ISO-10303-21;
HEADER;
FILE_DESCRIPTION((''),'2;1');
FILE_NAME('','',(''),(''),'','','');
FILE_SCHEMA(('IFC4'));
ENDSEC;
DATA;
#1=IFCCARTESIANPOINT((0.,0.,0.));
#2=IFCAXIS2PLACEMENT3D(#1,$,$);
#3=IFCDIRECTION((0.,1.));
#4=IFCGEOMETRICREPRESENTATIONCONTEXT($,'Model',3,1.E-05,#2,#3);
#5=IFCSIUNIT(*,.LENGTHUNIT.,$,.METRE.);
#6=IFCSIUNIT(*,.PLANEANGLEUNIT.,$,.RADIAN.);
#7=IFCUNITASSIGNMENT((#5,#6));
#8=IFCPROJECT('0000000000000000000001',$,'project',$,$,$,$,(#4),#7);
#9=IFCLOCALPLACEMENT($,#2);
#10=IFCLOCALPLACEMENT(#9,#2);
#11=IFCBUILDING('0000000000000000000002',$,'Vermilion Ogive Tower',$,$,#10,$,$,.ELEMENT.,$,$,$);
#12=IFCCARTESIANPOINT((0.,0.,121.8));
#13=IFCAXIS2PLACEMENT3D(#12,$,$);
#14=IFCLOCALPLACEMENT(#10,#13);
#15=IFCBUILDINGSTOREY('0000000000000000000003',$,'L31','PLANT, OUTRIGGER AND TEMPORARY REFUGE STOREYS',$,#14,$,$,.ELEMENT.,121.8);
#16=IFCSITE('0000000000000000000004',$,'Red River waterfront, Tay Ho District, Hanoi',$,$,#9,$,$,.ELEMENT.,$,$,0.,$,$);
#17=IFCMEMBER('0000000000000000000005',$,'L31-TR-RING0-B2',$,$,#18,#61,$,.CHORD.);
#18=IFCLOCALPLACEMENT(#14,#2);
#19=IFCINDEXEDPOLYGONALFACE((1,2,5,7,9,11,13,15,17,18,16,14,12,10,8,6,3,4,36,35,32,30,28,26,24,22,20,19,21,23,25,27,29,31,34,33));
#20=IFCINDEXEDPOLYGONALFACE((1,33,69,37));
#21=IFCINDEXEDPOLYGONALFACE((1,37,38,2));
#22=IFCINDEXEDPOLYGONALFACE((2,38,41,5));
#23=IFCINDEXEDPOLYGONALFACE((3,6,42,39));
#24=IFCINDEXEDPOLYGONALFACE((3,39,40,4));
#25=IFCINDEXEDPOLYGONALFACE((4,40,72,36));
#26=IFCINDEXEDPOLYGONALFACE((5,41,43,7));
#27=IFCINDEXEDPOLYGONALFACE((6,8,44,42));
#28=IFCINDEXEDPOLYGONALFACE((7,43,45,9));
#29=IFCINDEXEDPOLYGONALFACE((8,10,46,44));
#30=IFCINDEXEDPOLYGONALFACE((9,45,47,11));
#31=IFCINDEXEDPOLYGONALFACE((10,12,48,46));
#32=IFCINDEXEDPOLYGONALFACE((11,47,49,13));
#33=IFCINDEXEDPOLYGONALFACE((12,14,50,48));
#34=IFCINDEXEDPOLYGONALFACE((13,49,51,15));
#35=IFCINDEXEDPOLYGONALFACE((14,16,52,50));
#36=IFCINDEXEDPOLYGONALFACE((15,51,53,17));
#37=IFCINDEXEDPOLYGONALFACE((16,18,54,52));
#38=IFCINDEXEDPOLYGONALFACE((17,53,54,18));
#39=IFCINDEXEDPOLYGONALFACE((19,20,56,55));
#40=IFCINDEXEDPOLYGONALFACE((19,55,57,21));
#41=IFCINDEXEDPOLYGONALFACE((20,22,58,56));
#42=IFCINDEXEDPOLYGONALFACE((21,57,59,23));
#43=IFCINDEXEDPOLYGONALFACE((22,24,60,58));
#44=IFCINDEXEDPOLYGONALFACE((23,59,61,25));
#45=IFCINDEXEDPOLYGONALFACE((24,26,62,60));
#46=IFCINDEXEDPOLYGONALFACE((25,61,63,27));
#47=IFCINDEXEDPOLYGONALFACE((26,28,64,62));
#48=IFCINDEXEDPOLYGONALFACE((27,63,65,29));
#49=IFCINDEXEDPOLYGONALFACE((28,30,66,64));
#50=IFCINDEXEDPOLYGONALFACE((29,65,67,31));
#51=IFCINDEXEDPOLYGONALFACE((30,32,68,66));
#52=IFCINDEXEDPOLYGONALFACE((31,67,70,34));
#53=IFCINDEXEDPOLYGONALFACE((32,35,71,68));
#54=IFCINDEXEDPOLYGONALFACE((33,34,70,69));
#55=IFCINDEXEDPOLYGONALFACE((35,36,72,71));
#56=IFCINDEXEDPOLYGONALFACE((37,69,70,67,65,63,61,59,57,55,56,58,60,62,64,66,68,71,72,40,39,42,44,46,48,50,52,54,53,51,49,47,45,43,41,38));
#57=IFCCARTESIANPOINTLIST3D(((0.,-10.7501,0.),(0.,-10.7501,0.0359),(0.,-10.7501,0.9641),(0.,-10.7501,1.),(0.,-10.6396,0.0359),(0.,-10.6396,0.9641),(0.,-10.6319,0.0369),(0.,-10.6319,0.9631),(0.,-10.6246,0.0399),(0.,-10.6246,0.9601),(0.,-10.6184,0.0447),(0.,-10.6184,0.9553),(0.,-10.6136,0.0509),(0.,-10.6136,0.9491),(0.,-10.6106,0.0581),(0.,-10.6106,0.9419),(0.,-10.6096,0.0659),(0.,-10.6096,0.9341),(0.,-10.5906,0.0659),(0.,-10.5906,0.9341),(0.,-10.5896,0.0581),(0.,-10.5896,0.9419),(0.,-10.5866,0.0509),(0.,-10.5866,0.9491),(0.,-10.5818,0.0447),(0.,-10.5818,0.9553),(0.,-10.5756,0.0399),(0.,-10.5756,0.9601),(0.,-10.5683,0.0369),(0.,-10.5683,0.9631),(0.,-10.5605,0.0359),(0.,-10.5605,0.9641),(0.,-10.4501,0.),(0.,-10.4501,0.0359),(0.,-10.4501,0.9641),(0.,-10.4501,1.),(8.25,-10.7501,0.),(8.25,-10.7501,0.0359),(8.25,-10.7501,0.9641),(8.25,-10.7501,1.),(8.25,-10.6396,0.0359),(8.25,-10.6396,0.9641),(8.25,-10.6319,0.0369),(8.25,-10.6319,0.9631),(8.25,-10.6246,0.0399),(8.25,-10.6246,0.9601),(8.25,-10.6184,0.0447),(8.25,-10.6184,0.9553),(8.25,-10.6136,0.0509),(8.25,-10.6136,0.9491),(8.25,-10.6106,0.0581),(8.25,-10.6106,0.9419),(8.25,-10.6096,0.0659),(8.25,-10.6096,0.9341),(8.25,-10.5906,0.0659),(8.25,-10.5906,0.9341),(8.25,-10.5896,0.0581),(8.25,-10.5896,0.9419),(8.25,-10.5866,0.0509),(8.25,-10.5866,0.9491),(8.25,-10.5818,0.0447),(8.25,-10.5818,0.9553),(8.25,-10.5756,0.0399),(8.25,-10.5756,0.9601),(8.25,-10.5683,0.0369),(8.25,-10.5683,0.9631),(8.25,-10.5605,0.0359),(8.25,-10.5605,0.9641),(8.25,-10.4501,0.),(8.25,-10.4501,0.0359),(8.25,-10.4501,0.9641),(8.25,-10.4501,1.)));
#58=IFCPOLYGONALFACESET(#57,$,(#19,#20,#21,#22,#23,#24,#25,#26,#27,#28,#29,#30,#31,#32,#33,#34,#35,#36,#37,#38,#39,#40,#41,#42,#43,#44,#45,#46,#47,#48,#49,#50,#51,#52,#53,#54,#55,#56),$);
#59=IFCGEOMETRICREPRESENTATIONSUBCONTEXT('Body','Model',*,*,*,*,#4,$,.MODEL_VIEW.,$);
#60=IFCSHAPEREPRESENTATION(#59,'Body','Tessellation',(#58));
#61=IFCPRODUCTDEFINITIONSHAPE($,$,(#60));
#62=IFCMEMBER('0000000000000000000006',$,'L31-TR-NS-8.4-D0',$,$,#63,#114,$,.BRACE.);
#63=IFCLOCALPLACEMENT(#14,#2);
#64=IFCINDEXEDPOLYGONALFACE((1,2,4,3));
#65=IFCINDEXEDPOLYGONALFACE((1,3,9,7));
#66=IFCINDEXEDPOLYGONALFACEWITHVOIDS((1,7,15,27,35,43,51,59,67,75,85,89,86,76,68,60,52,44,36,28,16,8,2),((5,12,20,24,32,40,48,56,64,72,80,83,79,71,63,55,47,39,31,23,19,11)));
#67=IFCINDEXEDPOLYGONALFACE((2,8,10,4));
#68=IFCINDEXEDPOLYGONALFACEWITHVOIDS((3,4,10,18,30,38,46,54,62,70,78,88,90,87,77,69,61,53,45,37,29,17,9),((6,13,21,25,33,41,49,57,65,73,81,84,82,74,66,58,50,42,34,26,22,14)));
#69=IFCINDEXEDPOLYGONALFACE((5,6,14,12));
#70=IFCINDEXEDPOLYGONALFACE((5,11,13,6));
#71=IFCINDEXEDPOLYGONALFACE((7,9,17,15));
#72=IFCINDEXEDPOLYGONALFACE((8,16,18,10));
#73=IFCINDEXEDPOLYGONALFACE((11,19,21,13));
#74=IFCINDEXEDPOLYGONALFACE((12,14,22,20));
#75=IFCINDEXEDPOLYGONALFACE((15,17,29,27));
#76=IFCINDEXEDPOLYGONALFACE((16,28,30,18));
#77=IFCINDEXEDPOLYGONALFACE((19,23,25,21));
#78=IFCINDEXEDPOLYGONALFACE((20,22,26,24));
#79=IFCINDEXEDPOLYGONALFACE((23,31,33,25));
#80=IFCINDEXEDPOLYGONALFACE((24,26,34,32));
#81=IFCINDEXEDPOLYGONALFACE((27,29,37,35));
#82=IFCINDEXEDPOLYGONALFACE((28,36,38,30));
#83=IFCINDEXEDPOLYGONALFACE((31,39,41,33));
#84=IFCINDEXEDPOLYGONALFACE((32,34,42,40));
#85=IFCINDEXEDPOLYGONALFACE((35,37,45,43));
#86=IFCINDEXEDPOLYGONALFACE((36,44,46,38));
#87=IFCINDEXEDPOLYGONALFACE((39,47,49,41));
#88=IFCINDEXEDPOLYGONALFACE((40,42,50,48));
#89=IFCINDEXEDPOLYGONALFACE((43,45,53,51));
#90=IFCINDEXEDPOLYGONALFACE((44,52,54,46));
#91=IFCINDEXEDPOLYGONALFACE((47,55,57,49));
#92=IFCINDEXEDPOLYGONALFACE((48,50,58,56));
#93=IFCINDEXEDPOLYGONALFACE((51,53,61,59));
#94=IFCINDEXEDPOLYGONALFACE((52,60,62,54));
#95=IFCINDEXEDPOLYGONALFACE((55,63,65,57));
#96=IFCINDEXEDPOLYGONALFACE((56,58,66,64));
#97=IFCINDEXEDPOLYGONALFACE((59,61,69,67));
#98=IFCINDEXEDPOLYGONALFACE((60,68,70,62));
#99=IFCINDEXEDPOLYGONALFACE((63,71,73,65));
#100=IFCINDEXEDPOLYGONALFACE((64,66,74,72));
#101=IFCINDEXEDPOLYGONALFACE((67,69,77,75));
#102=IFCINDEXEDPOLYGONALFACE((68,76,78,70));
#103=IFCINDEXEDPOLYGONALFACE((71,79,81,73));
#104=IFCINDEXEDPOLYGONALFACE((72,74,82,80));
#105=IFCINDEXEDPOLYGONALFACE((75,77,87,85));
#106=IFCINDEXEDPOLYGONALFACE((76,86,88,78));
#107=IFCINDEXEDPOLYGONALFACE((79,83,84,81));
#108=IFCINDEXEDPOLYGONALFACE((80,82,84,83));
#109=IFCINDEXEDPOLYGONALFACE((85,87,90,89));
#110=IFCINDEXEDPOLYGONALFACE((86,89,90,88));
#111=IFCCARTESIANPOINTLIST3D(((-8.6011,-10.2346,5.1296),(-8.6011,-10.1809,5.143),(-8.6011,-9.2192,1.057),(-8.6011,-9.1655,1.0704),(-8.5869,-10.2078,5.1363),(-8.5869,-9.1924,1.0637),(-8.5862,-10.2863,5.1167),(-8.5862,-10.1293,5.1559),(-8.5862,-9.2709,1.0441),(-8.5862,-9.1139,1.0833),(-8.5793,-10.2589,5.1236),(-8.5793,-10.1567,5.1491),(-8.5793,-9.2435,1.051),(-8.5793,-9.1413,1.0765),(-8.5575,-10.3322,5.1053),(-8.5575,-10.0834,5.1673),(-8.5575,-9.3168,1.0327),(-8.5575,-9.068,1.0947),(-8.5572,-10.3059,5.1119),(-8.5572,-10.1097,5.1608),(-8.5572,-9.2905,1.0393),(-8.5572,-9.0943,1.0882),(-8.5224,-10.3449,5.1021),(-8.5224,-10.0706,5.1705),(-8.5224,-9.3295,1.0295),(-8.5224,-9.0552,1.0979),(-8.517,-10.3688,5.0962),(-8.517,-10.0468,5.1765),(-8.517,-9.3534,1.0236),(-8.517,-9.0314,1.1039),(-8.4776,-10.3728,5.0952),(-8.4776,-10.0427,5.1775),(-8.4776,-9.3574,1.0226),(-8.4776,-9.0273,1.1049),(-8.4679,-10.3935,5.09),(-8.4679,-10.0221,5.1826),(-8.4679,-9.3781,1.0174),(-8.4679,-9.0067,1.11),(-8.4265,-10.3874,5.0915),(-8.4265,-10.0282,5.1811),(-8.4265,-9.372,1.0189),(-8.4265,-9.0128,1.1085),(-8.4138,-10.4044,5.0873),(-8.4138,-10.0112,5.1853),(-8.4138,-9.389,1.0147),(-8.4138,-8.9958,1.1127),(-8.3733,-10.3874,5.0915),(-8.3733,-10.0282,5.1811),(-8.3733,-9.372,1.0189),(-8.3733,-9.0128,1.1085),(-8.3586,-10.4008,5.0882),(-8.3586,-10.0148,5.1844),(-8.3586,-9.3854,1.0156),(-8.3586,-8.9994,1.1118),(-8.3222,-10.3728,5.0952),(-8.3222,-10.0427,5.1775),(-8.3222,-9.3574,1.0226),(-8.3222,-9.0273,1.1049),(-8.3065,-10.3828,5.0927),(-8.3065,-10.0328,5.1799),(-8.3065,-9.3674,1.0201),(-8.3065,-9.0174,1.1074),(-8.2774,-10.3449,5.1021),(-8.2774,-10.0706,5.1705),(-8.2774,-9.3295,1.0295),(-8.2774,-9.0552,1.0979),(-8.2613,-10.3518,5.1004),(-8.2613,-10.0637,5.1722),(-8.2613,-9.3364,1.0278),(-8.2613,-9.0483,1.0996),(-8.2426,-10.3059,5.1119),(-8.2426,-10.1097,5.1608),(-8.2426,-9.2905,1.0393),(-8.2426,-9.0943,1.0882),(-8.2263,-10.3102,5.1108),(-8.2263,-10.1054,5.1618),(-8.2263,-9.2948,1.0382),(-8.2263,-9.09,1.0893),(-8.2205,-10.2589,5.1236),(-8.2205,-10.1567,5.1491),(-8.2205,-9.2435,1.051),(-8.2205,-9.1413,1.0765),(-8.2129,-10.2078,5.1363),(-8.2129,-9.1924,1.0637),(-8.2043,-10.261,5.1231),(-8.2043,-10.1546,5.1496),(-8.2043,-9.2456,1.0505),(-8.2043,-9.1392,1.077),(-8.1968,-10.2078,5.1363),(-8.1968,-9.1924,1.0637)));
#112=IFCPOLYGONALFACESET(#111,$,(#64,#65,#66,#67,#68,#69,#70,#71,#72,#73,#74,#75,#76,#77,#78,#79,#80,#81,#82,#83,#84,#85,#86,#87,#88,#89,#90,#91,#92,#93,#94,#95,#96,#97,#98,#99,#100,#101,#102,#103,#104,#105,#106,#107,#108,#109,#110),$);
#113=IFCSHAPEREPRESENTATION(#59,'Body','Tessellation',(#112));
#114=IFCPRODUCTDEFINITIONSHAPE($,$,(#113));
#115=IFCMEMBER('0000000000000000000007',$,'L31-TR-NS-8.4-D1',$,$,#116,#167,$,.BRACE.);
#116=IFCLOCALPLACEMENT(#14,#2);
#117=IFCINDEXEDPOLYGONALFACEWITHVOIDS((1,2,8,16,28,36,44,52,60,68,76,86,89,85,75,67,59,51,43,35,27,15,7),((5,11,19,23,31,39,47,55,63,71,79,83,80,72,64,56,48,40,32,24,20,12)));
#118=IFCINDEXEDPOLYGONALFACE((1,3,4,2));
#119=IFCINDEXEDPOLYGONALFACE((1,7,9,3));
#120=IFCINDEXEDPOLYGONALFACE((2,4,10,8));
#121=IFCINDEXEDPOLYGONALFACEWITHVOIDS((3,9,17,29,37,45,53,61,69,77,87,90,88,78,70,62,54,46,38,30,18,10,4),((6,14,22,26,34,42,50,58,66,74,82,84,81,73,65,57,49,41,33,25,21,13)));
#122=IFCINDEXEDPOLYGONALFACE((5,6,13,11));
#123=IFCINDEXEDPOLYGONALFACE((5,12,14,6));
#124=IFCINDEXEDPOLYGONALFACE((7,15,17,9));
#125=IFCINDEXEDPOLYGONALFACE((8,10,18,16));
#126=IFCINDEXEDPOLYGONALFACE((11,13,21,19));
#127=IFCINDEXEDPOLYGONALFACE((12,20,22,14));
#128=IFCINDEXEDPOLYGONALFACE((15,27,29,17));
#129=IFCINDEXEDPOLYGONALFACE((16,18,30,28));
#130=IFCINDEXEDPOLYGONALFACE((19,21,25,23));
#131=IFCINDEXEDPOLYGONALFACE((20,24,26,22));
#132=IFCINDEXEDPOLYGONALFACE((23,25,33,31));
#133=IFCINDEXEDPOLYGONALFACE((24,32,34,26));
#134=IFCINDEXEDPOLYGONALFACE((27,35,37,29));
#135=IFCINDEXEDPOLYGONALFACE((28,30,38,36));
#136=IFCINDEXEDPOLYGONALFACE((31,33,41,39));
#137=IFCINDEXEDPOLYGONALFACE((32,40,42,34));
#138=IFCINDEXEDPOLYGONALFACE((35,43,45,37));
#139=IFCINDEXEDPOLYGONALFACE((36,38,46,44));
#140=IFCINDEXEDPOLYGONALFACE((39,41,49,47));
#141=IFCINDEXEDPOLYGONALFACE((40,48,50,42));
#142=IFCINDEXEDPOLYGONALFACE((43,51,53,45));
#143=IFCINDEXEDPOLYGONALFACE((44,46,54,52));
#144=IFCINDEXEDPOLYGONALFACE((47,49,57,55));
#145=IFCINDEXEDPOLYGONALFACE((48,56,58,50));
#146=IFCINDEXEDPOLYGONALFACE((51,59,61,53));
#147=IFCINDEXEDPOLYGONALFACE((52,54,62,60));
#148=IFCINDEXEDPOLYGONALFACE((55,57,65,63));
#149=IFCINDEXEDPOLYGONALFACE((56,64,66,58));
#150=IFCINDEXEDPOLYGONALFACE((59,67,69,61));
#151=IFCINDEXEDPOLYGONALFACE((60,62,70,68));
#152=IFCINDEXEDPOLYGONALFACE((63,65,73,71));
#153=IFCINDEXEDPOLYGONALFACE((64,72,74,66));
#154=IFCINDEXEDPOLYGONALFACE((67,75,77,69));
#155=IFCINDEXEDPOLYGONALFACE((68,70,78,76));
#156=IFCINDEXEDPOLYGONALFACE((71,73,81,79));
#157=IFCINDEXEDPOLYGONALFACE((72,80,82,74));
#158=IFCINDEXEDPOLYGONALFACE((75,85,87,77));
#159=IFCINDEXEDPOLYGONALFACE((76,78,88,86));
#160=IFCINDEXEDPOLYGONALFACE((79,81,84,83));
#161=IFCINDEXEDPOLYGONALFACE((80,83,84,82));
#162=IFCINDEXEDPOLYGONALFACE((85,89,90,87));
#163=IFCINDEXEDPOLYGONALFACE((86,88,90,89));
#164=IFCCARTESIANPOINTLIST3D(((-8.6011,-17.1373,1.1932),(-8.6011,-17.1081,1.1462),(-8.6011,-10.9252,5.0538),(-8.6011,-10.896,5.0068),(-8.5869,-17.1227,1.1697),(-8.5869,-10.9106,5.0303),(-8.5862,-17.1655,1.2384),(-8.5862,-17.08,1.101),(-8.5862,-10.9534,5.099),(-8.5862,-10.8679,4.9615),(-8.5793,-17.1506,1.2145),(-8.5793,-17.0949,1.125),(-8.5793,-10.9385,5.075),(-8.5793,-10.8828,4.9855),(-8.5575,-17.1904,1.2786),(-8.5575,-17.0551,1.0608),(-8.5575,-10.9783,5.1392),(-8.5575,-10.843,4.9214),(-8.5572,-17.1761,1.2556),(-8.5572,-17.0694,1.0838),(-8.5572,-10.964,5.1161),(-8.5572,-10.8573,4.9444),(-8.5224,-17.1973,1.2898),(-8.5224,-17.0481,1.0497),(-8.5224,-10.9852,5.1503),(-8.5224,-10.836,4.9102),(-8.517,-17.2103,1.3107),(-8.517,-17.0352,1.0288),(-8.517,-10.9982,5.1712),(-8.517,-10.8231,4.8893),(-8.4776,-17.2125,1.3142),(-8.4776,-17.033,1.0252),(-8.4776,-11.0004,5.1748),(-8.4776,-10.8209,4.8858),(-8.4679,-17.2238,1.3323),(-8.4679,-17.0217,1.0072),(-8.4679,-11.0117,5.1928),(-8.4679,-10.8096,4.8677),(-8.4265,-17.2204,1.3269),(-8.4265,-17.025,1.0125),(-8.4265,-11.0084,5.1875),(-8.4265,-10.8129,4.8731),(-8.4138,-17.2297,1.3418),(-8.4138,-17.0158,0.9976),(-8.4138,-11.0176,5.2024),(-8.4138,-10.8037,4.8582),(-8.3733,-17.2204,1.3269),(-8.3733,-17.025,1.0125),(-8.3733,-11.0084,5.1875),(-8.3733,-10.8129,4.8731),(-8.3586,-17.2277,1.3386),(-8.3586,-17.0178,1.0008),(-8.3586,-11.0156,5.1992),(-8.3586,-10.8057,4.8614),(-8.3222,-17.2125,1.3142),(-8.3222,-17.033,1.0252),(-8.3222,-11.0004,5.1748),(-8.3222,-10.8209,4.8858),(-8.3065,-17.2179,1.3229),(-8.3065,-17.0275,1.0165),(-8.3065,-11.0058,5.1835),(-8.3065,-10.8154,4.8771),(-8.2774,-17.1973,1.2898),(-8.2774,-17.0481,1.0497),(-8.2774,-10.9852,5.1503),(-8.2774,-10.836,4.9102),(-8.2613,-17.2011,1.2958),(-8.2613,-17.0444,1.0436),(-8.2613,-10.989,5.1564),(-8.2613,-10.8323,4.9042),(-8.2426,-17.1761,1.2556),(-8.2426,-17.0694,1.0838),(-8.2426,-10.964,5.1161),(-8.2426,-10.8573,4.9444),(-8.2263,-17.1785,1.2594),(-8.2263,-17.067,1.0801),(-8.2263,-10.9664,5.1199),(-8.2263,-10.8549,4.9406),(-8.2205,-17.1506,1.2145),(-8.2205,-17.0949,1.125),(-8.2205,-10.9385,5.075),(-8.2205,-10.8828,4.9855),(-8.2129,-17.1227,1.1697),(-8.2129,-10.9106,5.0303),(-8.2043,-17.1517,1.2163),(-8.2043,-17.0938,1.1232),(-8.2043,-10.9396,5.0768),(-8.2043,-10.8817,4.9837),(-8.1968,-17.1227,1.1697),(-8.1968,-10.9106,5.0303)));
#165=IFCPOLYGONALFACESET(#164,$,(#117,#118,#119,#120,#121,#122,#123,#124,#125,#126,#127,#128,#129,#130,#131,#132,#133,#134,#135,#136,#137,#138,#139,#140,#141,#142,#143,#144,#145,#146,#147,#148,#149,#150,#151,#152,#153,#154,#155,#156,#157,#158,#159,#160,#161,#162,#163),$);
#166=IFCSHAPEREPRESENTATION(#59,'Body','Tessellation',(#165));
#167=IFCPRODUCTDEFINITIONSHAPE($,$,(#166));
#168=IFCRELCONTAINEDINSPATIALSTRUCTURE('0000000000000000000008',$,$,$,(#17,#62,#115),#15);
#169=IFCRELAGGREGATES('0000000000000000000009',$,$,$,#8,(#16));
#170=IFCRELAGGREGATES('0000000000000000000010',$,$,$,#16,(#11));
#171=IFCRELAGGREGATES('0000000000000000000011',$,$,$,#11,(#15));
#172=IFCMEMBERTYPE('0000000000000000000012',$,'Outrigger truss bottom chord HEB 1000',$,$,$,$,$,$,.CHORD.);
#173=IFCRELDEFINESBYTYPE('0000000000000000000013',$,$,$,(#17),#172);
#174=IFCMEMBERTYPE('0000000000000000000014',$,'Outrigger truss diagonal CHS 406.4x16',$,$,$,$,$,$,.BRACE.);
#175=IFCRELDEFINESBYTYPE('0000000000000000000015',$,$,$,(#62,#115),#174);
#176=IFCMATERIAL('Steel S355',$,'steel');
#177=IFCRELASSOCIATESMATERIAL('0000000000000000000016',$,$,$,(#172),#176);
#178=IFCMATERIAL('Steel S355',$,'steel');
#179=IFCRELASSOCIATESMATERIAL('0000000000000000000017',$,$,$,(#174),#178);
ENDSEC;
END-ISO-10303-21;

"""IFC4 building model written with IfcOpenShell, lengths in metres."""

from ifc_helpers import new_model, si_unit, direction, frame, origin, origin_2d, place, context, subcontext, project, spatial, hollow_circle, i_section, extrude, material, material_profile, profile_set, type_object, element, save


model = new_model("IFC4")

# Units and contexts
model_context = context("Model", 3, precision=1e-05, world=origin(), true_north=direction((0.0, 1.0)))
body_context = subcontext(model_context, "Body", "Model", "MODEL_VIEW")
ifc_project = project(units=[si_unit("LENGTHUNIT", "METRE"), si_unit("PLANEANGLEUNIT", "RADIAN")], contexts=[model_context])

# Site, building, storey
site_placement = place(None, origin())
site = spatial("IfcSite", under=ifc_project, at=site_placement, Name="Red River waterfront, Tay Ho District, Hanoi", CompositionType="ELEMENT", RefElevation=0.0)
building_placement = place(site_placement, origin())
building = spatial("IfcBuilding", under=site, at=building_placement, Name="Vermilion Ogive Tower", CompositionType="ELEMENT")
storey_placement = place(building_placement, frame((0.0, 0.0, 121.8)))
storey = spatial("IfcBuildingStorey", under=building, at=storey_placement, Name="L31", Description="PLANT, OUTRIGGER AND TEMPORARY REFUGE STOREYS", CompositionType="ELEMENT", Elevation=121.8)

# Members
ifc_material_1 = material(Name="Steel S355", Category="steel")
ifc_material_profile_1 = material_profile(ifc_material_1, i_section(OverallWidth=0.3, OverallDepth=1.0, WebThickness=0.019, FlangeThickness=0.0359, FilletRadius=0.03, at=origin_2d()), Name="HEB 1000")
ifc_profile_set_1 = profile_set([ifc_material_profile_1], Name="Steel S355")
member_type_1 = type_object("IfcMemberType", Name="Outrigger truss bottom chord HEB 1000", PredefinedType="CHORD", material=ifc_profile_set_1)
for number, where, z_axis, x_axis, name in (
    (1, (0.0, -10.6001, 0.5), (1.0, 0.0, 0.0), (0.0, 1.0, 0.0), "L31-TR-RING0-B2"),
):
    element("IfcMember", number, at=place(storey_placement, frame(where, z_axis=z_axis, x_axis=x_axis)), inside=storey, type_object=member_type_1, Name=name, PredefinedType="CHORD", context=body_context, shape_type="SweptSolid", body=[
        extrude(i_section(OverallWidth=0.3, OverallDepth=1.0, WebThickness=0.019, FlangeThickness=0.0359, FilletRadius=0.03, at=origin_2d()), origin(), (0.0, 0.0, 1.0), 8.25),
    ])
ifc_material_2 = material(Name="Steel S355", Category="steel")
ifc_material_profile_2 = material_profile(ifc_material_2, hollow_circle(Radius=0.2031, WallThickness=0.0161, at=origin_2d()), Name="CHS 406.4x16")
ifc_profile_set_2 = profile_set([ifc_material_profile_2], Name="Steel S355")
member_type_2 = type_object("IfcMemberType", Name="Outrigger truss diagonal CHS 406.4x16", PredefinedType="BRACE", material=ifc_profile_set_2)
member_1_placement = place(storey_placement, frame((-8.3999, -9.1924, 1.0637), z_axis=(0.0, -0.24192, 0.970296), x_axis=(1.0, 0.0, 0.0)))
element("IfcMember", 2, at=member_1_placement, inside=storey, type_object=member_type_2, Name="L31-TR-NS-8.4-D0", PredefinedType="BRACE", context=body_context, shape_type="SweptSolid", body=[
    extrude(hollow_circle(Radius=0.2031, WallThickness=0.0161, at=origin_2d()), origin(), (0.0, 0.0, 1.0), 4.1973),
])
member_2_placement = place(storey_placement, frame((-8.3999, -10.9106, 5.0303), z_axis=(0.0, -0.849348, -0.527834), x_axis=(1.0, 0.0, 0.0)))
element("IfcMember", 3, at=member_2_placement, inside=storey, type_object=member_type_2, Name="L31-TR-NS-8.4-D1", PredefinedType="BRACE", context=body_context, shape_type="SweptSolid", body=[
    extrude(hollow_circle(Radius=0.2031, WallThickness=0.0161, at=origin_2d()), origin(), (0.0, 0.0, 1.0), 7.314),
])

save(model, "model.ifc")
